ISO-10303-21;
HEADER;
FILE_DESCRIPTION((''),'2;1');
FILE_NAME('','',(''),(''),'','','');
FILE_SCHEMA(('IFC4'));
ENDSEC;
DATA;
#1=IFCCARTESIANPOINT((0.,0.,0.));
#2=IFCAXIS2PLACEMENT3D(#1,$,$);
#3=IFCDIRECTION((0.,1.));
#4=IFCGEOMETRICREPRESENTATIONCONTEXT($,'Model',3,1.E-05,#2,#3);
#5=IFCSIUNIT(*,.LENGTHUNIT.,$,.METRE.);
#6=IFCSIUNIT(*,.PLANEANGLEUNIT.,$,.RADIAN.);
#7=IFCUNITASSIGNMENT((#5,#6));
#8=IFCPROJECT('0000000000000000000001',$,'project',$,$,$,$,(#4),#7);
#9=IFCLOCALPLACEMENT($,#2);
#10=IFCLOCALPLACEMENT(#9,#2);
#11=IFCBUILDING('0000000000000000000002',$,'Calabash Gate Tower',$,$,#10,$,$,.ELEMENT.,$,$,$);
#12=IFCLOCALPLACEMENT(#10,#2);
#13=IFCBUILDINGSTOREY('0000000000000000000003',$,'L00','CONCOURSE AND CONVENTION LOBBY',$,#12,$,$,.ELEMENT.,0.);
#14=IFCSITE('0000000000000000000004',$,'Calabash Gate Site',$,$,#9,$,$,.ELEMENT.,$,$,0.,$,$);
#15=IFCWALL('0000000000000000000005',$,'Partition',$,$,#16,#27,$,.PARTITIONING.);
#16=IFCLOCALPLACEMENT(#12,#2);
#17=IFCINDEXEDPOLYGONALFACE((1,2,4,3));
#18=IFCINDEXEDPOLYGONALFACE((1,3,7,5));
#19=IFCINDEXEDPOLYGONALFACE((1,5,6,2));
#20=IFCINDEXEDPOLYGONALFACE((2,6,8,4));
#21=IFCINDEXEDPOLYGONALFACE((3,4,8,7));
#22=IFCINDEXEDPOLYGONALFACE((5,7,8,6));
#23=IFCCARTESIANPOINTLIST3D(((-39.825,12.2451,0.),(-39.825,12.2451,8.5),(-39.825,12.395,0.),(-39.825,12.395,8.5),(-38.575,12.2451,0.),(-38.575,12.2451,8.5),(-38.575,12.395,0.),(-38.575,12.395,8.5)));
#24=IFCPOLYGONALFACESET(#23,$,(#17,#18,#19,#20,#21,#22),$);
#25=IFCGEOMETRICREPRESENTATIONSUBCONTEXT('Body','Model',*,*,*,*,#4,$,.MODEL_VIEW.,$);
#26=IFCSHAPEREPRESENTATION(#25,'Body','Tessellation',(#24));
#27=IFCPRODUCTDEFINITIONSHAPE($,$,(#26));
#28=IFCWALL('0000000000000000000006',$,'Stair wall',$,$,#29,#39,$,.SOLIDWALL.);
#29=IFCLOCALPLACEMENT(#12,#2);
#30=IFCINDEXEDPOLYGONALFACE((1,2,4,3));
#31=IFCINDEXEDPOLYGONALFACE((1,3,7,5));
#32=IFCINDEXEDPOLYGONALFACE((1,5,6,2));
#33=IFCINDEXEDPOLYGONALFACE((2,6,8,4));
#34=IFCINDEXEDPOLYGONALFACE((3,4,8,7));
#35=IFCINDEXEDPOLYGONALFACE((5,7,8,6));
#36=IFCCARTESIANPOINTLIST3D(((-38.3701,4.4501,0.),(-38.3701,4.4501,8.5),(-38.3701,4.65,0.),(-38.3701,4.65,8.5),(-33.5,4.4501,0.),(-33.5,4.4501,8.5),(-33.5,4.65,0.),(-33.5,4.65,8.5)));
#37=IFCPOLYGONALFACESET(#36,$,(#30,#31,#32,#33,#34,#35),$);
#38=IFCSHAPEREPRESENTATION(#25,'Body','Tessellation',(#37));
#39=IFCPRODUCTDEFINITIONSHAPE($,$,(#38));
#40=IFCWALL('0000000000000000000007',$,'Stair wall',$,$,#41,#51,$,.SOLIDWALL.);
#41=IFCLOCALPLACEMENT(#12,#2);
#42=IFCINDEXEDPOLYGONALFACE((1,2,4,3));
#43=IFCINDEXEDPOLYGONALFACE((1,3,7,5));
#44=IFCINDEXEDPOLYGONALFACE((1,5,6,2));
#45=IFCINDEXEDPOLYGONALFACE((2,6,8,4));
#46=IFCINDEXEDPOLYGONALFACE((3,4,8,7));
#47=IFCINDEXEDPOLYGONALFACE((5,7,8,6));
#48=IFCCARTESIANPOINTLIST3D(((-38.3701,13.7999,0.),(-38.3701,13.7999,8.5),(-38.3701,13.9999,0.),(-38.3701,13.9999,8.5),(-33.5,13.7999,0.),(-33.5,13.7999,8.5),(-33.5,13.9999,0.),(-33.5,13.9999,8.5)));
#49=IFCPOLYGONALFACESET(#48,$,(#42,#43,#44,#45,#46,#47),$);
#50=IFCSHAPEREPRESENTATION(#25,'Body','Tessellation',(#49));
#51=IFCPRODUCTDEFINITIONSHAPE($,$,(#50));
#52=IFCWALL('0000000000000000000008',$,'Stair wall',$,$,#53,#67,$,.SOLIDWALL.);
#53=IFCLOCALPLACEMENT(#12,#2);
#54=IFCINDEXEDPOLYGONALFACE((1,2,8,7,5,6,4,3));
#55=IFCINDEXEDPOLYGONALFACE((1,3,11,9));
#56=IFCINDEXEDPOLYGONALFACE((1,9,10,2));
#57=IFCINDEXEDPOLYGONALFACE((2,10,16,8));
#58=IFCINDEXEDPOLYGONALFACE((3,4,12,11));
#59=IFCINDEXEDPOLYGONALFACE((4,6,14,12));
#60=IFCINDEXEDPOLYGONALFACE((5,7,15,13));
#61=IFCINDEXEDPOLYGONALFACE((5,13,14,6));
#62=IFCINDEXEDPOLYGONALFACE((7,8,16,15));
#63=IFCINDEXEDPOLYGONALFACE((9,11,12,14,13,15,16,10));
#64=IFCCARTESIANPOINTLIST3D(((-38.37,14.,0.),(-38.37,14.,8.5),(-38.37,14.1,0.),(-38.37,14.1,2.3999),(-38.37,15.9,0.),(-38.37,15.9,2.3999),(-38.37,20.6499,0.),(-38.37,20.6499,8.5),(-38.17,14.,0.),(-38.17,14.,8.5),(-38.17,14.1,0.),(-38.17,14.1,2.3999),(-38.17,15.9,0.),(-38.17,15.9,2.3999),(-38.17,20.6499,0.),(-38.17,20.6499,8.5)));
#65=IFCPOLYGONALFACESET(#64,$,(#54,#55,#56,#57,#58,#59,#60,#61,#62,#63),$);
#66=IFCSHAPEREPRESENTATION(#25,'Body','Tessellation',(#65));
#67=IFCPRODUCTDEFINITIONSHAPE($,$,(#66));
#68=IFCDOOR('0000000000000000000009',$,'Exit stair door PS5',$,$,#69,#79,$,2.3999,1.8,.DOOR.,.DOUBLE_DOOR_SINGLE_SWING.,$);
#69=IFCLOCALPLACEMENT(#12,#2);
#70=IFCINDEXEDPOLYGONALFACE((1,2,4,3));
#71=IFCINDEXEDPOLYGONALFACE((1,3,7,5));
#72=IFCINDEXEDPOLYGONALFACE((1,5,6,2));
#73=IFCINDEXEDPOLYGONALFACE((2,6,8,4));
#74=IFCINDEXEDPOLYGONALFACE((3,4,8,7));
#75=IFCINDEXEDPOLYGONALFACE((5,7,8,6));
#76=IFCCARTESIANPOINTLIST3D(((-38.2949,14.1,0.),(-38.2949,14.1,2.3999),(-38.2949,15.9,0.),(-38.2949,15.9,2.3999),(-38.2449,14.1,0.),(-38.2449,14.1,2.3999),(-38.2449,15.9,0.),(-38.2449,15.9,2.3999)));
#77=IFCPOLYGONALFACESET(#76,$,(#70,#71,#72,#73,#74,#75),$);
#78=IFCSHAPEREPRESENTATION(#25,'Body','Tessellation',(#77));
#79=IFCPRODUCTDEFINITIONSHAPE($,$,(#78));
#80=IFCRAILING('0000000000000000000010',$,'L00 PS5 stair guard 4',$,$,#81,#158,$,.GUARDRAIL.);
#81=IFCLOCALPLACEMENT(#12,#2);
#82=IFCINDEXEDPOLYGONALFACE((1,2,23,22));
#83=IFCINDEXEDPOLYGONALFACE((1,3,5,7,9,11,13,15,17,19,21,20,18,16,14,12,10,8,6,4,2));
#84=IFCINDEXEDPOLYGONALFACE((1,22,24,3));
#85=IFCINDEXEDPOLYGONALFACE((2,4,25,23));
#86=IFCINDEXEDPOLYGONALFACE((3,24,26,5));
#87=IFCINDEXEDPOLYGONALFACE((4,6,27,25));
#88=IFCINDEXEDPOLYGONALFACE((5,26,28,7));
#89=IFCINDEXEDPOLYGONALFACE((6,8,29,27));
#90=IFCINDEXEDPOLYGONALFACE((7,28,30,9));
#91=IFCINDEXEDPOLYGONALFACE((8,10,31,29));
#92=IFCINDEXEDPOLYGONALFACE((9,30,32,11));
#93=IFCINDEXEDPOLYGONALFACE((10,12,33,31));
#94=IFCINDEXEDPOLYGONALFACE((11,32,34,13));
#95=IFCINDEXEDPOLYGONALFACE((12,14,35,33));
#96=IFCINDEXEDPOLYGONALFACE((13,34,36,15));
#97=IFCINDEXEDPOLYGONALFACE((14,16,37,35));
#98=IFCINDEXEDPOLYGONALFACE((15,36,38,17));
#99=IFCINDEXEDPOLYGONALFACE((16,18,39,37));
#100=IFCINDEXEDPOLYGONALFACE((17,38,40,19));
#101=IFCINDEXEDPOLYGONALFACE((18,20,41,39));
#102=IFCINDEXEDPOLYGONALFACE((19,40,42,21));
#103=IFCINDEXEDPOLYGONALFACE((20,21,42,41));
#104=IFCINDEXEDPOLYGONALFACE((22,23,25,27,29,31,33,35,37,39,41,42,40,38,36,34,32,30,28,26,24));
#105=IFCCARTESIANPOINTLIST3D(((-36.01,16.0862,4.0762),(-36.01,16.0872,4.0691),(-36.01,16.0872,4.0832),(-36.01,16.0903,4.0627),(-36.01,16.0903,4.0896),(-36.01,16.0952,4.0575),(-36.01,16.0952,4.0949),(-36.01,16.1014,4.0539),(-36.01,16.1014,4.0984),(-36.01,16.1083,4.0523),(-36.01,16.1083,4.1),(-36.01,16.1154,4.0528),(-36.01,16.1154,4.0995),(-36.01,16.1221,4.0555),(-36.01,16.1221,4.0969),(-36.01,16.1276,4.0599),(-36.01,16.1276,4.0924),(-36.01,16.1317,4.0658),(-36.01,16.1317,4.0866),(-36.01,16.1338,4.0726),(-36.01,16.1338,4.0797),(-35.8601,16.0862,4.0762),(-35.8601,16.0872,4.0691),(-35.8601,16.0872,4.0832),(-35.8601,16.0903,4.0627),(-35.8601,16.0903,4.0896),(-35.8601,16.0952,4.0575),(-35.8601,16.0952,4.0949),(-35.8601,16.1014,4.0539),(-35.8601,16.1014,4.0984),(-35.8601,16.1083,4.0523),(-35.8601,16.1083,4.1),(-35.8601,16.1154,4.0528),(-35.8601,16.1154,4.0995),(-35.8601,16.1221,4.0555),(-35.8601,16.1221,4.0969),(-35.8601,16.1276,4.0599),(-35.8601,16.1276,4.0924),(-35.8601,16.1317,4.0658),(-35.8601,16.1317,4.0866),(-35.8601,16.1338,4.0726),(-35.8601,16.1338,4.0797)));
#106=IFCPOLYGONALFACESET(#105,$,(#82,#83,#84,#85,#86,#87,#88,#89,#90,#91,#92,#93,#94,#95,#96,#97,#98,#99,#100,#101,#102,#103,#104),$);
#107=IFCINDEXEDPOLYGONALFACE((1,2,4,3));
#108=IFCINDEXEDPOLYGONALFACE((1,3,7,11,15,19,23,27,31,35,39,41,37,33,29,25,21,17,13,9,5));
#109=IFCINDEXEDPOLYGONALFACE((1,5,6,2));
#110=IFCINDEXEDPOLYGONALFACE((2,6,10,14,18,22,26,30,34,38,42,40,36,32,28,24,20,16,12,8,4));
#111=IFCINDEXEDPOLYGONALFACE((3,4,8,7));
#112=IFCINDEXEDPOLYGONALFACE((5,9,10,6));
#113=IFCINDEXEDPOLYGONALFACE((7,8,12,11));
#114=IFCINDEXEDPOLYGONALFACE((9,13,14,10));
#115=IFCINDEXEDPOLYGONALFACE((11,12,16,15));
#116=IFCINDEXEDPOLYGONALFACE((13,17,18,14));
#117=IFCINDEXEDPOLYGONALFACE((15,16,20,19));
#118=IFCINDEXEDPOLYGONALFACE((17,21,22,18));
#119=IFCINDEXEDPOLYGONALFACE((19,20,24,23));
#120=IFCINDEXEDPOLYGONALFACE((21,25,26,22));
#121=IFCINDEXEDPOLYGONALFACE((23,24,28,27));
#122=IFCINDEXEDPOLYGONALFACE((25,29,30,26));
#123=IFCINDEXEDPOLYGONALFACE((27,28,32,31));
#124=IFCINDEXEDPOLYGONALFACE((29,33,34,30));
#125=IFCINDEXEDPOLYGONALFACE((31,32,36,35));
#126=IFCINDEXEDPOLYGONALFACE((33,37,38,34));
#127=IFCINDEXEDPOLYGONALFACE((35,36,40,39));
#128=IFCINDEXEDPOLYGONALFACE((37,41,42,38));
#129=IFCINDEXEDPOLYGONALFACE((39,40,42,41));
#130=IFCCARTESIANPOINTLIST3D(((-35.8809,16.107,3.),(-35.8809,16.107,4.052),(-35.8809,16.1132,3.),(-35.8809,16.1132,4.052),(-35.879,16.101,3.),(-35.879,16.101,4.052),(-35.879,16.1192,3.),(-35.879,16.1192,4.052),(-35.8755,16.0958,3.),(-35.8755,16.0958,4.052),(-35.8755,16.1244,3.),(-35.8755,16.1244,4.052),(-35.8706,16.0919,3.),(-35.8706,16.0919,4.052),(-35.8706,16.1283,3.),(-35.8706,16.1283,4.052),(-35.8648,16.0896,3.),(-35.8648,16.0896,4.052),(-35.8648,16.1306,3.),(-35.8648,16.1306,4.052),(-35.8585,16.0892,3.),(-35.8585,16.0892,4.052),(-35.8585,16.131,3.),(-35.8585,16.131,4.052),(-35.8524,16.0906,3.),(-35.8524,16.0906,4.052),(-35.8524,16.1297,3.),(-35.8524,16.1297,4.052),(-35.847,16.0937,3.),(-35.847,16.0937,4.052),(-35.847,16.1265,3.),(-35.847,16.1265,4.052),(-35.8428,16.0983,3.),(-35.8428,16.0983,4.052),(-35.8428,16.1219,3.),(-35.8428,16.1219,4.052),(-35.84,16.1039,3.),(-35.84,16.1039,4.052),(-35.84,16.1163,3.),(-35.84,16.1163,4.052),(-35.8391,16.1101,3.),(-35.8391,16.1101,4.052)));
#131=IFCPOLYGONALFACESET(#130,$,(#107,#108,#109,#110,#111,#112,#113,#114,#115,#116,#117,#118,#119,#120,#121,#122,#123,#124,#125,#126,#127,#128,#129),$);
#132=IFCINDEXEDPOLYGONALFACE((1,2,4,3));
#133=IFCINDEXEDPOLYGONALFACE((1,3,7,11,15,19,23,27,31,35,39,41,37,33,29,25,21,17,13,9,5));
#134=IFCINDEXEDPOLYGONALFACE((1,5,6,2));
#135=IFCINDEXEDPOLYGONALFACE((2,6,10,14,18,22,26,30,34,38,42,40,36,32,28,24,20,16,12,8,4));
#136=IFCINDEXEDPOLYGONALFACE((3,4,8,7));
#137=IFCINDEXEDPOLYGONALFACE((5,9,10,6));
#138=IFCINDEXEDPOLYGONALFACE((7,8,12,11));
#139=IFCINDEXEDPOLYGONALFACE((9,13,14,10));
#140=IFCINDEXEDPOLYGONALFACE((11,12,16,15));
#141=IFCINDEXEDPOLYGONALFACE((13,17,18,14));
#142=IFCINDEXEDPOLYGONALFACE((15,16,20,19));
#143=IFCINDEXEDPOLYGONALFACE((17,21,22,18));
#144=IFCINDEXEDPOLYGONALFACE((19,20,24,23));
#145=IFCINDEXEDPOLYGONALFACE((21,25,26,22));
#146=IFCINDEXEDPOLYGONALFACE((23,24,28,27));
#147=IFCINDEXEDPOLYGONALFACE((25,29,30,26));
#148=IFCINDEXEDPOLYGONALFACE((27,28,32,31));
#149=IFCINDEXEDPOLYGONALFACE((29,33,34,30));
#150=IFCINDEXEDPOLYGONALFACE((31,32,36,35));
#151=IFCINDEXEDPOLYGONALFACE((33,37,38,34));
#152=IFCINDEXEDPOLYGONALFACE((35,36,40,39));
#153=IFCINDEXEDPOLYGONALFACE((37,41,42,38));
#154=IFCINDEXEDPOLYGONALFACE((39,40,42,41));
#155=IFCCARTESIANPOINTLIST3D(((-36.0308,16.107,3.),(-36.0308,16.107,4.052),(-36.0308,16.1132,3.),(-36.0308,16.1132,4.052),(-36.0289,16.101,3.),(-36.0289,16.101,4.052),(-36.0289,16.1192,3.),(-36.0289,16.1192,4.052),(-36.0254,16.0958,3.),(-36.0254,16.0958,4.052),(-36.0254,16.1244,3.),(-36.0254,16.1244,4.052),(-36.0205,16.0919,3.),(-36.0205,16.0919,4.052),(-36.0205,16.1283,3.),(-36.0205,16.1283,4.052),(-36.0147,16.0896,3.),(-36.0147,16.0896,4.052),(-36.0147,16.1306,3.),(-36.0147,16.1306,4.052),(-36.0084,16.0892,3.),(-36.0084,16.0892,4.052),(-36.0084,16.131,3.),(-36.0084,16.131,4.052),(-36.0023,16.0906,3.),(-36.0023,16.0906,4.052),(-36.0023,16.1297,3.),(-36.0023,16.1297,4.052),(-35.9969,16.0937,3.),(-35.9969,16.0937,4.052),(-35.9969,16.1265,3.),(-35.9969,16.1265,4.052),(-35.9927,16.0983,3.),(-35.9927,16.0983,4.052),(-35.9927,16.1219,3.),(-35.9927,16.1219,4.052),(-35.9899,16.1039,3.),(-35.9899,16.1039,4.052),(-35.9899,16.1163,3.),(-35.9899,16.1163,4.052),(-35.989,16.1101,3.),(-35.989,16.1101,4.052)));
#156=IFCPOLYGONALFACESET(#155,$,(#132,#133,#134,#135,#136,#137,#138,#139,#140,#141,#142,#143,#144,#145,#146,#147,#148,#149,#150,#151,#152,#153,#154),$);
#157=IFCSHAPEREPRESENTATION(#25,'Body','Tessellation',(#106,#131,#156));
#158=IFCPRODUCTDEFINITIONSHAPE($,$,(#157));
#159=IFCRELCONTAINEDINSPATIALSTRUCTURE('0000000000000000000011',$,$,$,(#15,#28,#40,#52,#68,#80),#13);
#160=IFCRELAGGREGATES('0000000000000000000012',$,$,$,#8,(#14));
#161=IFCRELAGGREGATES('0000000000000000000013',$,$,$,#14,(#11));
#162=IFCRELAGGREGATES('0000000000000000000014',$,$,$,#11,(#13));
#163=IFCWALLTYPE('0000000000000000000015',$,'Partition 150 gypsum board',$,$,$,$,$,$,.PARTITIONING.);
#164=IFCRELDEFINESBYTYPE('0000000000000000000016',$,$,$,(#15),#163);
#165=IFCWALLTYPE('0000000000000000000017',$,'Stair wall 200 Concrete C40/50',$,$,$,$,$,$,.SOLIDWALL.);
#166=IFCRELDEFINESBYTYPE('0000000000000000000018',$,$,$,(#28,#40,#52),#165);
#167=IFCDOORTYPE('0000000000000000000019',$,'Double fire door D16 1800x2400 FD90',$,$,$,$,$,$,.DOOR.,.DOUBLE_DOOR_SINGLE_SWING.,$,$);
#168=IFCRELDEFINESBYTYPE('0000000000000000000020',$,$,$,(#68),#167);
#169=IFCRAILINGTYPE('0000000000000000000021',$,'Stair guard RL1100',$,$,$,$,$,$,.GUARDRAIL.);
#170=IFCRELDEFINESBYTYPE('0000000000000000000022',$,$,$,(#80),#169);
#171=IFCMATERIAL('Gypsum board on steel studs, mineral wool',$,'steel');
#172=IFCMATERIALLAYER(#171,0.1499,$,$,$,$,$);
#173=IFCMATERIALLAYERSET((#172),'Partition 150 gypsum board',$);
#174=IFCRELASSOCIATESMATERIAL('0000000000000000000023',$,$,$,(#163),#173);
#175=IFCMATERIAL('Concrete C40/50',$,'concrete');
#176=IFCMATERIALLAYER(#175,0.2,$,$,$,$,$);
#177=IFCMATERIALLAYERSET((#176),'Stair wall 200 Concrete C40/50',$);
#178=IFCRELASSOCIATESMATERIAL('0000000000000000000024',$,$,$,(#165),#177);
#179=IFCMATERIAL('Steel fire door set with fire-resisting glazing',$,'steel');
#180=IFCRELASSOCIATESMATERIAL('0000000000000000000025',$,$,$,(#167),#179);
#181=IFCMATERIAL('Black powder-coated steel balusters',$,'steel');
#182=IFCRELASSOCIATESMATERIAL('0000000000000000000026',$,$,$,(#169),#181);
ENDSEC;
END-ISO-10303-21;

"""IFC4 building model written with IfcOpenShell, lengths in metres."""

from ifc_helpers import new_model, si_unit, direction, frame, frame_2d, origin, origin_2d, place, context, subcontext, project, spatial, rectangle, circle, extrude, material, layer, layer_set, type_object, element, fill, save


model = new_model("IFC4")

# Units and contexts
model_context = context("Model", 3, precision=1e-05, world=origin(), true_north=direction((0.0, 1.0)))
body_context = subcontext(model_context, "Body", "Model", "MODEL_VIEW")
ifc_project = project(units=[si_unit("LENGTHUNIT", "METRE"), si_unit("PLANEANGLEUNIT", "RADIAN")], contexts=[model_context])

# Site, building, storey
site_placement = place(None, origin())
site = spatial("IfcSite", under=ifc_project, at=site_placement, Name="Calabash Gate Site", CompositionType="ELEMENT", RefElevation=0.0)
building_placement = place(site_placement, origin())
building = spatial("IfcBuilding", under=site, at=building_placement, Name="Calabash Gate Tower", CompositionType="ELEMENT")
storey_placement = place(building_placement, origin())
storey = spatial("IfcBuildingStorey", under=building, at=storey_placement, Name="L00", Description="CONCOURSE AND CONVENTION LOBBY", CompositionType="ELEMENT", Elevation=0.0)

# Walls
ifc_material_1 = material(Name="Gypsum board on steel studs, mineral wool", Category="steel")
ifc_layer_1 = layer(ifc_material_1, 0.1499)
ifc_layer_set_1 = layer_set([ifc_layer_1], Name="Partition 150 gypsum board")
wall_type_1 = type_object("IfcWallType", Name="Partition 150 gypsum board", PredefinedType="PARTITIONING", material=ifc_layer_set_1)
for number, where, z_axis, x_axis, name in (
    (1, (-39.825, 12.3201, 0.0), (0.0, 0.0, 1.0), (1.0, 0.0, 0.0), "Partition"),
):
    element("IfcWall", number, at=place(storey_placement, frame(where, z_axis=z_axis, x_axis=x_axis)), inside=storey, type_object=wall_type_1, Name=name, PredefinedType="PARTITIONING", context=body_context, shape_type="SweptSolid", body=[
        extrude(rectangle(XDim=1.25, YDim=0.1499, at=frame_2d((0.625, 0.0))), origin(), (0.0, 0.0, 1.0), 8.5),
    ])
ifc_material_2 = material(Name="Concrete C40/50", Category="concrete")
ifc_layer_2 = layer(ifc_material_2, 0.2)
ifc_layer_set_2 = layer_set([ifc_layer_2], Name="Stair wall 200 Concrete C40/50")
wall_type_2 = type_object("IfcWallType", Name="Stair wall 200 Concrete C40/50", PredefinedType="SOLIDWALL", material=ifc_layer_set_2)
for number, where, z_axis, x_axis, name in (
    (2, (-38.3701, 4.55, 0.0), (0.0, 0.0, 1.0), (1.0, 0.0, 0.0), "Stair wall"),
    (3, (-38.3701, 13.8999, 0.0), (0.0, 0.0, 1.0), (1.0, 0.0, 0.0), "Stair wall"),
):
    element("IfcWall", number, at=place(storey_placement, frame(where, z_axis=z_axis, x_axis=x_axis)), inside=storey, type_object=wall_type_2, Name=name, PredefinedType="SOLIDWALL", context=body_context, shape_type="SweptSolid", body=[
        extrude(rectangle(XDim=4.8701, YDim=0.2, at=frame_2d((2.4351, 0.0))), origin(), (0.0, 0.0, 1.0), 8.5),
    ])

# Wall, opening, door
wall_1_placement = place(storey_placement, frame((-38.27, 14.0, 0.0), z_axis=(0.0, 0.0, 1.0), x_axis=(0.0, 1.0, 0.0)))
wall_1 = element("IfcWall", 4, at=wall_1_placement, inside=storey, type_object=wall_type_2, Name="Stair wall", PredefinedType="SOLIDWALL", context=body_context, shape_type="SweptSolid", body=[
    extrude(rectangle(XDim=6.6499, YDim=0.2, at=frame_2d((3.325, 0.0))), origin(), (0.0, 0.0, 1.0), 8.5),
])
opening_placement = place(wall_1_placement, frame((0.1001, 0.0, 0.0)))
opening = element("IfcOpeningElement", 5, at=opening_placement, cuts=wall_1, PredefinedType="OPENING", context=body_context, shape_type="SweptSolid", body=[
    extrude(rectangle(XDim=1.8, YDim=2.3999, at=frame_2d((0.8999, 1.2))), frame((0.0, 0.1099, 0.0), z_axis=(0.0, -1.0, 0.0), x_axis=(1.0, 0.0, 0.0)), (0.0, 0.0, 1.0), 0.22),
])
ifc_material_3 = material(Name="Steel fire door set with fire-resisting glazing", Category="steel")
door_type = type_object("IfcDoorType", Name="Double fire door D16 1800x2400 FD90", OperationType="DOUBLE_DOOR_SINGLE_SWING", PredefinedType="DOOR", material=ifc_material_3)
door_placement = place(opening_placement, origin())
door = element("IfcDoor", 6, at=door_placement, inside=storey, type_object=door_type, Name="Exit stair door PS5", OperationType="DOUBLE_DOOR_SINGLE_SWING", OverallHeight=2.3999, OverallWidth=1.8, PredefinedType="DOOR", context=body_context, shape_type="SweptSolid", body=[
    extrude(rectangle(XDim=1.8, YDim=2.3999, at=frame_2d((0.8999, 1.2))), frame((0.0, 0.0249, 0.0), z_axis=(0.0, -1.0, 0.0), x_axis=(1.0, 0.0, 0.0)), (0.0, 0.0, 1.0), 0.05),
])
fill(opening, door)

# Railing
ifc_material_4 = material(Name="Black powder-coated steel balusters", Category="steel")
railing_type = type_object("IfcRailingType", Name="Stair guard RL1100", PredefinedType="GUARDRAIL", material=ifc_material_4)
for number, where, name in (
    (7, (-35.8601, 16.1101, 3.0), "L00 PS5 stair guard 4"),
):
    element("IfcRailing", number, at=place(storey_placement, frame(where)), inside=storey, type_object=railing_type, Name=name, PredefinedType="GUARDRAIL", context=body_context, shape_type="SweptSolid", body=[
        extrude(circle(Radius=0.0239, at=origin_2d()), frame((0.0, 0.0, 1.0762), z_axis=(-1.0, 0.0, 0.0), x_axis=(0.0, -1.0, 0.0)), (0.0, 0.0, 1.0), 0.1499),
        extrude(circle(Radius=0.021, at=origin_2d()), origin(), (0.0, 0.0, 1.0), 1.052),
        extrude(circle(Radius=0.021, at=origin_2d()), frame((-0.1499, 0.0, 0.0)), (0.0, 0.0, 1.0), 1.052),
    ])

save(model, "model.ifc")
